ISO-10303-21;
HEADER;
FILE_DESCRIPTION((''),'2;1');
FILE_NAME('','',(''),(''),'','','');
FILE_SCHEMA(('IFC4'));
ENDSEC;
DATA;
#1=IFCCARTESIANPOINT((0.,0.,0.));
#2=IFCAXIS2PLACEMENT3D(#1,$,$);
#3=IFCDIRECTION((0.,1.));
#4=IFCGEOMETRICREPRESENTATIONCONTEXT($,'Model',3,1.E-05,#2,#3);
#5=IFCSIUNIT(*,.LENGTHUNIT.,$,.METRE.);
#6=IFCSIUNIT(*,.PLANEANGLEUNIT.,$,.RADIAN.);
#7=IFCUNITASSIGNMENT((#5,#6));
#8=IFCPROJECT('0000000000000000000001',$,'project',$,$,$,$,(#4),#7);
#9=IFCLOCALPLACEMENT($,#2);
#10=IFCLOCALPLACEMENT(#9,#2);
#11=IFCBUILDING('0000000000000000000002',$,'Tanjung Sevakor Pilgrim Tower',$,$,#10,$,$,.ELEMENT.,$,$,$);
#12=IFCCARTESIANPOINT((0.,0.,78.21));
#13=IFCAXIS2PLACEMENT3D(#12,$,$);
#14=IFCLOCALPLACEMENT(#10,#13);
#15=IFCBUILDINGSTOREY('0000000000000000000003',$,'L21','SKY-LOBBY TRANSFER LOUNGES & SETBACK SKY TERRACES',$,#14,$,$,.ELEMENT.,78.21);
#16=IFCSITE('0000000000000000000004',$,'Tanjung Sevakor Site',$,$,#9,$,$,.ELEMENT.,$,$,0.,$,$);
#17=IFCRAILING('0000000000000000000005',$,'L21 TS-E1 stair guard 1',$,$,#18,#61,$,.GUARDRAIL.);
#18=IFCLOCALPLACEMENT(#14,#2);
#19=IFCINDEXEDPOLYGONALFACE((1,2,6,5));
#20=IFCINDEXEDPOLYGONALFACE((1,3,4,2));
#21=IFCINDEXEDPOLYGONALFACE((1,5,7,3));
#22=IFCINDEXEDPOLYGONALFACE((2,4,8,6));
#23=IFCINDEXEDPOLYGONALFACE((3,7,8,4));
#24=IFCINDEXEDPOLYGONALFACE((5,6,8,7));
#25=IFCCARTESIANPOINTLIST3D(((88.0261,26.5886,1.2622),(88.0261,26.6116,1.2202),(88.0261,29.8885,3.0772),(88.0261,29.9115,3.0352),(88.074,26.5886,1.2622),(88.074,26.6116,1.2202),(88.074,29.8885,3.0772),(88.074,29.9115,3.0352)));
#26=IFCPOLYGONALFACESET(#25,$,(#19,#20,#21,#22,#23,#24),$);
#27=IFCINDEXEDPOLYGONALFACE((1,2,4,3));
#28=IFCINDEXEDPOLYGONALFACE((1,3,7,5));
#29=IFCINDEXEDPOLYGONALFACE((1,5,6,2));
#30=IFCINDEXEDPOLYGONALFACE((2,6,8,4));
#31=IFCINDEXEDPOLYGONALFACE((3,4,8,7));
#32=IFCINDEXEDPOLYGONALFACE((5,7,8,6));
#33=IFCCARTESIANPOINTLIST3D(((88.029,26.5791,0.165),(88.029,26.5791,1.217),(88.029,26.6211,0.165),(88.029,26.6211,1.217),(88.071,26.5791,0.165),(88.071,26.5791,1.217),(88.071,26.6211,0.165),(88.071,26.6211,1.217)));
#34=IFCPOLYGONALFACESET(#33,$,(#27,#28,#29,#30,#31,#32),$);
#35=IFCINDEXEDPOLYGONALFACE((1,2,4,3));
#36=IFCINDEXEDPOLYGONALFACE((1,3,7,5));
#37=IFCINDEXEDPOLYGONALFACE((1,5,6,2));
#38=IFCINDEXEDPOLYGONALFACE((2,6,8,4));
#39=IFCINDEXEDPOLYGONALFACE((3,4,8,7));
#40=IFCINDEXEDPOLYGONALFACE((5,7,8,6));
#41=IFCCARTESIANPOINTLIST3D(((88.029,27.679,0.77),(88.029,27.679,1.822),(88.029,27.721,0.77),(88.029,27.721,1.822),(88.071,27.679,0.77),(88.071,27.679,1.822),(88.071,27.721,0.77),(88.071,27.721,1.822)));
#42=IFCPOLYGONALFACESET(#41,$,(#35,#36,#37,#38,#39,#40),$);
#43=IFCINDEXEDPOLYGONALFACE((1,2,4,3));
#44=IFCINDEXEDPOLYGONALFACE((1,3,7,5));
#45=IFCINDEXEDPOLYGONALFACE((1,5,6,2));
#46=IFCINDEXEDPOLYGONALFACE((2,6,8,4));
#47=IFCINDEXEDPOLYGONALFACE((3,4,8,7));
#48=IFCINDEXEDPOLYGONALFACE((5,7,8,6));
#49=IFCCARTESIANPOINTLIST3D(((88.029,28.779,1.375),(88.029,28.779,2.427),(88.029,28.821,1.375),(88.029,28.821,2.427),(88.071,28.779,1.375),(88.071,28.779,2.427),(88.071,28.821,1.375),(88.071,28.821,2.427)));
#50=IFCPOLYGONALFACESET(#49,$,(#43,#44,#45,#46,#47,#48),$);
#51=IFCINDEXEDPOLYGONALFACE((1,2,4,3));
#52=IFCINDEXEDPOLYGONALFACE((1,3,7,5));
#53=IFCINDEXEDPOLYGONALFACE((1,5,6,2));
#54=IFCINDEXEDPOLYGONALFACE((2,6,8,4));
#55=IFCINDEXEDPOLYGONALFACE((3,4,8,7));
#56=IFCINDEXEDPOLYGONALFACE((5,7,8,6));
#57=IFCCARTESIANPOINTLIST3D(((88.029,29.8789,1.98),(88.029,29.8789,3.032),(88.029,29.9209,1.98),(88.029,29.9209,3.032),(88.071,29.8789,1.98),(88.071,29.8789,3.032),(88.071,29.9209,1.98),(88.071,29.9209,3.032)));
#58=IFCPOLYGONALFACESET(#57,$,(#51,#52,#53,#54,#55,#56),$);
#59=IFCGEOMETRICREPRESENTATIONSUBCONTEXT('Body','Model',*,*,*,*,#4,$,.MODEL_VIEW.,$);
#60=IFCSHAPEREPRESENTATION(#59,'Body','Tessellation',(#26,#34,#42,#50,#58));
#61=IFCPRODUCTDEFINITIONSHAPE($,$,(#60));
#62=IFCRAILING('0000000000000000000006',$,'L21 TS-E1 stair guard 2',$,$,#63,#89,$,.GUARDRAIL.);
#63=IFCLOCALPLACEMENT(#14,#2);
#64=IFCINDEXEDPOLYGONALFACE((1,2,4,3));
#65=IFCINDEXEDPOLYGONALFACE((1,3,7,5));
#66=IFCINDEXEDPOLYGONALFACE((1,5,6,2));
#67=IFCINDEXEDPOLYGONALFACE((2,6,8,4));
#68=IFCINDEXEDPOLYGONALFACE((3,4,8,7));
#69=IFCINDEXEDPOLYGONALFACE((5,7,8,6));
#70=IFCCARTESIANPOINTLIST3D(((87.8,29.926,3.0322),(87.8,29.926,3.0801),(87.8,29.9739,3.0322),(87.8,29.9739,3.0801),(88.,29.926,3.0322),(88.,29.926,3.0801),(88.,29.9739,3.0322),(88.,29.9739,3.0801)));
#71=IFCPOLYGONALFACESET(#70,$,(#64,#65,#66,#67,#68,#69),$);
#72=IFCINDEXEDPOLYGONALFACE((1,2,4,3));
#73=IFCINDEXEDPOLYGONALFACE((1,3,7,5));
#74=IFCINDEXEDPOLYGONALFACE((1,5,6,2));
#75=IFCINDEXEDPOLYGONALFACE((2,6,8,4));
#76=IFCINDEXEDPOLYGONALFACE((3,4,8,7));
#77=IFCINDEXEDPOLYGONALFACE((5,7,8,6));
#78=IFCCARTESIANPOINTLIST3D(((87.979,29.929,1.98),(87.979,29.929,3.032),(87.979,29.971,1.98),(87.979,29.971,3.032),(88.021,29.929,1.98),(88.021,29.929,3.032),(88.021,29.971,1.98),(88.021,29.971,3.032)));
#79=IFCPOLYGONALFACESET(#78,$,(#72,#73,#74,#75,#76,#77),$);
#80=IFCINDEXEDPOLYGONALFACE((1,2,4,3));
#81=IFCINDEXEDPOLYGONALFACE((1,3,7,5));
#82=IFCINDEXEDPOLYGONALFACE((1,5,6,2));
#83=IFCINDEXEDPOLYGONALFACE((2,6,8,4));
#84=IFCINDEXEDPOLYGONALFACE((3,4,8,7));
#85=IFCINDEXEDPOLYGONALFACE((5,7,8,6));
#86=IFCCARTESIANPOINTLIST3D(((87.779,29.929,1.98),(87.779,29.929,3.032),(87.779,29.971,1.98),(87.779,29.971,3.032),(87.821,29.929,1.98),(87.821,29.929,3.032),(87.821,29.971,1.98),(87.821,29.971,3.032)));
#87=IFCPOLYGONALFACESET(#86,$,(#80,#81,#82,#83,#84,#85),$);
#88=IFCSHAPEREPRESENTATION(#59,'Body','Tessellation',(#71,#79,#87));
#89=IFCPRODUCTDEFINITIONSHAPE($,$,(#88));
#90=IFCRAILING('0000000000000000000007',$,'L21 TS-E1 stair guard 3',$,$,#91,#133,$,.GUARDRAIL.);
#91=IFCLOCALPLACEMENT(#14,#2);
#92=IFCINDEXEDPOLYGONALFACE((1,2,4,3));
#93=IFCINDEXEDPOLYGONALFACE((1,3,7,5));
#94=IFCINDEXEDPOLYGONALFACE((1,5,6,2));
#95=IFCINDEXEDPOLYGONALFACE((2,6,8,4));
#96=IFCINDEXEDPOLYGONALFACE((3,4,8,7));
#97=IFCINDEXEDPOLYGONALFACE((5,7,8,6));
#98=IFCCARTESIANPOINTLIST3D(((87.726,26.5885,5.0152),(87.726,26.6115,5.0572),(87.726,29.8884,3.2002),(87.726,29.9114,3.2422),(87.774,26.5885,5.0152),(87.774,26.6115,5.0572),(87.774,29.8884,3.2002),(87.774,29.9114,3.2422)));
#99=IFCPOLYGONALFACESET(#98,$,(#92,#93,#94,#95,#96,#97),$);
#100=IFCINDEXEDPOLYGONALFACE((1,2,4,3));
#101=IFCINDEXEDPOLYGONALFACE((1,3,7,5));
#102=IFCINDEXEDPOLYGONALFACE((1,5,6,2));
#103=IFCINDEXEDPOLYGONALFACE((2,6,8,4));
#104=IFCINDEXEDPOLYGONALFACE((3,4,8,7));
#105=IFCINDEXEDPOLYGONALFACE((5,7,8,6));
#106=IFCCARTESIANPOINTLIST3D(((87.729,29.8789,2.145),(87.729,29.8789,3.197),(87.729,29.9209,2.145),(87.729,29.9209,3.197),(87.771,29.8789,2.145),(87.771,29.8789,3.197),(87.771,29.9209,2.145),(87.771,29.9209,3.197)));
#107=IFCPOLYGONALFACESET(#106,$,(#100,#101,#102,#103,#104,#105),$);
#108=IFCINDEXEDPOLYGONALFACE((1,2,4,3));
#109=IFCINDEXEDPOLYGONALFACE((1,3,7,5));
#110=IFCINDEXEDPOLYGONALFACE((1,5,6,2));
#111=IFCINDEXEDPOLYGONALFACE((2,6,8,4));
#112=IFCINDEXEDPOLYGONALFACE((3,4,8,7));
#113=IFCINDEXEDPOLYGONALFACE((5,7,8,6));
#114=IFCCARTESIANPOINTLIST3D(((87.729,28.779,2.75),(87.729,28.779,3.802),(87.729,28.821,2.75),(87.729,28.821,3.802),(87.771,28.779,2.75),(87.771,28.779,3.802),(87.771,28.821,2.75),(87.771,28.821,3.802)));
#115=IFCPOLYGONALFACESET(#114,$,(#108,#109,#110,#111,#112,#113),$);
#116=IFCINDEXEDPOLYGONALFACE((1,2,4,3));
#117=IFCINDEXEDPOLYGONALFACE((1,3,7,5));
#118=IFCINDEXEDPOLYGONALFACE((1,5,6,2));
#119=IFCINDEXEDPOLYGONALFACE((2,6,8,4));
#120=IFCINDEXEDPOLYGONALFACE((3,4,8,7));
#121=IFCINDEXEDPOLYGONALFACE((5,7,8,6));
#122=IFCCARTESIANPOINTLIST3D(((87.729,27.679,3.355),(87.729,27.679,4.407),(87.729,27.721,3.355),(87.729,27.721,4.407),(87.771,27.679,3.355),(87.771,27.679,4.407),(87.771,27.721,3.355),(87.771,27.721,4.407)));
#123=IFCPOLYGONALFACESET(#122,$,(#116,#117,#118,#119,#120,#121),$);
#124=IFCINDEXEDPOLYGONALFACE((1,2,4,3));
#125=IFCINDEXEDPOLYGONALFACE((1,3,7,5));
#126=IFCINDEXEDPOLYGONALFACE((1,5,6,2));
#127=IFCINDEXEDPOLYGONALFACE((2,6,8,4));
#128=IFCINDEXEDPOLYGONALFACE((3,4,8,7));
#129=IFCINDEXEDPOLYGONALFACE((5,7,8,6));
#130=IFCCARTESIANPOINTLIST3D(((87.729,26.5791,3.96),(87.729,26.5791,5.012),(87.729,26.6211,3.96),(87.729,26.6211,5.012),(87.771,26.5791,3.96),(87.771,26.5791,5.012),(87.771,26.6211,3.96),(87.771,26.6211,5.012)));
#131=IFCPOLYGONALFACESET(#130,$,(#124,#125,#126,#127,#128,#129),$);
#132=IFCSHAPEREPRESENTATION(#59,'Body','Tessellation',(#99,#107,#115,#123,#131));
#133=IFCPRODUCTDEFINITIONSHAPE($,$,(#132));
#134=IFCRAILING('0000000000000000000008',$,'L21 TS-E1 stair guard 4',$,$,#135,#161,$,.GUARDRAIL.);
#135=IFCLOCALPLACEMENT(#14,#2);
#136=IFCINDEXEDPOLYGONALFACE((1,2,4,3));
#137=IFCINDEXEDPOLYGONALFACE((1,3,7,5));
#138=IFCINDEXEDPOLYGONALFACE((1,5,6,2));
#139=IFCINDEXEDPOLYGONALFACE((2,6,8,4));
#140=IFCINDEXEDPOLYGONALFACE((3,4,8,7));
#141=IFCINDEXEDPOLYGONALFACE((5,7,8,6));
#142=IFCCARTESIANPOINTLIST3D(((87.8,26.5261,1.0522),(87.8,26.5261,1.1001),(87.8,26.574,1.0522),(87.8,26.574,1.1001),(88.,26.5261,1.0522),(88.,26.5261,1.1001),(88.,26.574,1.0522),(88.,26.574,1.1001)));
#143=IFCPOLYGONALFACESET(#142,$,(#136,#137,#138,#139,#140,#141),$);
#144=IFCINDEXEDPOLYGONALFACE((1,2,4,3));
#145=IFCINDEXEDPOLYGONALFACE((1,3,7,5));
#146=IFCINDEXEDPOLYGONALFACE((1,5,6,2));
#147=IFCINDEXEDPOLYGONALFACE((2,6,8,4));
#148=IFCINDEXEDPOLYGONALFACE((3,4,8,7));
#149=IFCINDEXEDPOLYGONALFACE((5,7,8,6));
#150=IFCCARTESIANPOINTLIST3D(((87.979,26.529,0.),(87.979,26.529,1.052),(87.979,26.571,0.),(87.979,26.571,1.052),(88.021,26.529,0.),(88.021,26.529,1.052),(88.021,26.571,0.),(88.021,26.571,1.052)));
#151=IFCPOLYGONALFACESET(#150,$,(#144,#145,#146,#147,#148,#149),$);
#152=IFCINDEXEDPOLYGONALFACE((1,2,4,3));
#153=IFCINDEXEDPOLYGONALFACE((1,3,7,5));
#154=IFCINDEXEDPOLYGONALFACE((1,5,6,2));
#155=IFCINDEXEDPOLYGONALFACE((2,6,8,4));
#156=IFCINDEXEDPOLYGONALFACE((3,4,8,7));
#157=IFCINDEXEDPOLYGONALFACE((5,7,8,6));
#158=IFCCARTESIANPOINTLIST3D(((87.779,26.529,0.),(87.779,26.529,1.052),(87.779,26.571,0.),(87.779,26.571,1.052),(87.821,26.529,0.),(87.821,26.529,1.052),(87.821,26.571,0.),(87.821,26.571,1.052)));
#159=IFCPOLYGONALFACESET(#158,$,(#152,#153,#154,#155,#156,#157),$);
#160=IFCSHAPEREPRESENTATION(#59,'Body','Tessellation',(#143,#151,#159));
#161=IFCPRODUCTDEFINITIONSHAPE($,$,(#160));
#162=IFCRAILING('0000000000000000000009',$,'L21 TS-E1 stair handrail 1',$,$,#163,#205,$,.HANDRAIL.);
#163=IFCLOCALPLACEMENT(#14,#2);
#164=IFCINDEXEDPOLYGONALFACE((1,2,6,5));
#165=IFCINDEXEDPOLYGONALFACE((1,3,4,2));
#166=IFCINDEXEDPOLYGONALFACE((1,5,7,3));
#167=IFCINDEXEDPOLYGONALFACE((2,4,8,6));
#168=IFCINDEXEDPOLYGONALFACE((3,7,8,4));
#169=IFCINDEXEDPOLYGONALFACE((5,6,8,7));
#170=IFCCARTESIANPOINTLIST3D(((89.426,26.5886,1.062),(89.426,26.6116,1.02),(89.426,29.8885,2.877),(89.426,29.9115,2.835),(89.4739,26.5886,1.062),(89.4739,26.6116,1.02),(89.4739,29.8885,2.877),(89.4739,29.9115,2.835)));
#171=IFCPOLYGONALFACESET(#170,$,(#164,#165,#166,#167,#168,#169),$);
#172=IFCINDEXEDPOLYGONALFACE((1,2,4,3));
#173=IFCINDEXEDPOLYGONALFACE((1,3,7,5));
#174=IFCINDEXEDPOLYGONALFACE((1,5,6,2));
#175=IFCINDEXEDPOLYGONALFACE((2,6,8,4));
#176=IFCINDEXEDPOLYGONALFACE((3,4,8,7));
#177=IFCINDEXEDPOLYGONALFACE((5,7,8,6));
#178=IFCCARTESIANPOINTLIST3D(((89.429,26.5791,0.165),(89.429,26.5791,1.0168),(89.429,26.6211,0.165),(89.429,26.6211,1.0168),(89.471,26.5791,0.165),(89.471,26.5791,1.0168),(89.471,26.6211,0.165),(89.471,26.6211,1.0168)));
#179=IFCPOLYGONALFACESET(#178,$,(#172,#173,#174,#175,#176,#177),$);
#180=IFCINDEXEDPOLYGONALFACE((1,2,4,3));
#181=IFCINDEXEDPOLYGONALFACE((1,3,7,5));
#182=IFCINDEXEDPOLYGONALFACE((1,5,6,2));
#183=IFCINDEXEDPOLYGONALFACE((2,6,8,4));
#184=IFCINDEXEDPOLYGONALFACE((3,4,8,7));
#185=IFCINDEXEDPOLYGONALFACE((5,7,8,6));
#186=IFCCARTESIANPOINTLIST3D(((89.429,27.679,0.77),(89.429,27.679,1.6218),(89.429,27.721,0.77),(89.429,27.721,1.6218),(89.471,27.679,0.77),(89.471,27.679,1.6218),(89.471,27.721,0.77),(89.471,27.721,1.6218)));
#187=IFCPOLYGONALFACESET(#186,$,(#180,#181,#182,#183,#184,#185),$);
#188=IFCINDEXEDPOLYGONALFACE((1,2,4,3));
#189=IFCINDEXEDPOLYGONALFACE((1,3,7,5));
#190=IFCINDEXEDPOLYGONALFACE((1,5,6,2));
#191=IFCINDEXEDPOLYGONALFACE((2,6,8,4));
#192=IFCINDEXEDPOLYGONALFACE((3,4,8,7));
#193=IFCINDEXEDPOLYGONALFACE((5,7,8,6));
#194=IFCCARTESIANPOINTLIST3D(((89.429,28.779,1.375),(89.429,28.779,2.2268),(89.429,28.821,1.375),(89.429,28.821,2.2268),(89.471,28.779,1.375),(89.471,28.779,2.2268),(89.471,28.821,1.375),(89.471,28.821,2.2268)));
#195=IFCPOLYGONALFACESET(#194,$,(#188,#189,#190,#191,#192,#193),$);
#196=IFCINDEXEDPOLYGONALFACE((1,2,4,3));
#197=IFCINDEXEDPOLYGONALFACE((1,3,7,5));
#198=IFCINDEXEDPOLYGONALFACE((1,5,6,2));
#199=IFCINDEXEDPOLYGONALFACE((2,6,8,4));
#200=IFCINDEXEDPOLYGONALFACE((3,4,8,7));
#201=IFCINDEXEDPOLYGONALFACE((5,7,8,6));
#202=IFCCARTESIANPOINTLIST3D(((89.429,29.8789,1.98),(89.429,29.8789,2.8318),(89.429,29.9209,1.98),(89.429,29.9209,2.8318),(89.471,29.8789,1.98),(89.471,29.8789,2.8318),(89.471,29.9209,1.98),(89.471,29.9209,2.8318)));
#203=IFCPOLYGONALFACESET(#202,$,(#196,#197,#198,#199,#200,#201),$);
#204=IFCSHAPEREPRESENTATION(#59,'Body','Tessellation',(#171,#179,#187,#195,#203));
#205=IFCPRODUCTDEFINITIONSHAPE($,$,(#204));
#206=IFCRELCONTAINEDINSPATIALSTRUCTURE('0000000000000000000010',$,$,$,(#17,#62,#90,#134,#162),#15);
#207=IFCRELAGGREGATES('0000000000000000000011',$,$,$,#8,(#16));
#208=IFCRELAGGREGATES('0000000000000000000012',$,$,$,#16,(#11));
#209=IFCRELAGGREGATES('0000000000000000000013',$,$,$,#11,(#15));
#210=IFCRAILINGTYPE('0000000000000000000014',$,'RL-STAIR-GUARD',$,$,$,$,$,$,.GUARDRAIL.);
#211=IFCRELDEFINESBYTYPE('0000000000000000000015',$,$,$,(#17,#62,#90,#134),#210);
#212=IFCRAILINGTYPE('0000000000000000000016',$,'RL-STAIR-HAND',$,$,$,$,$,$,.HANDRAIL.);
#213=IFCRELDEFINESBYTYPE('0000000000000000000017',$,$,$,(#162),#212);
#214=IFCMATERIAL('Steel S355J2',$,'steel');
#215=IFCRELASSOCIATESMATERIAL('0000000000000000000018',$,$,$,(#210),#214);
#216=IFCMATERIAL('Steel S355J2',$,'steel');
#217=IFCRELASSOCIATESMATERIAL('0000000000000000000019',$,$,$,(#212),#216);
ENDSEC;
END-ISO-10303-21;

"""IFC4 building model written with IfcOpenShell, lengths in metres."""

from ifc_helpers import new_model, si_unit, direction, frame, origin, place, context, subcontext, project, spatial, rectangle, extrude, material, type_object, element, save


model = new_model("IFC4")

# Units and contexts
model_context = context("Model", 3, precision=1e-05, world=origin(), true_north=direction((0.0, 1.0)))
body_context = subcontext(model_context, "Body", "Model", "MODEL_VIEW")
ifc_project = project(units=[si_unit("LENGTHUNIT", "METRE"), si_unit("PLANEANGLEUNIT", "RADIAN")], contexts=[model_context])

# Site, building, storey
site_placement = place(None, origin())
site = spatial("IfcSite", under=ifc_project, at=site_placement, Name="Tanjung Sevakor Site", CompositionType="ELEMENT", RefElevation=0.0)
building_placement = place(site_placement, origin())
building = spatial("IfcBuilding", under=site, at=building_placement, Name="Tanjung Sevakor Pilgrim Tower", CompositionType="ELEMENT")
storey_placement = place(building_placement, frame((0.0, 0.0, 78.21)))
storey = spatial("IfcBuildingStorey", under=building, at=storey_placement, Name="L21", Description="SKY-LOBBY TRANSFER LOUNGES & SETBACK SKY TERRACES", CompositionType="ELEMENT", Elevation=78.21)

# Railings
ifc_material_1 = material(Name="Steel S355J2", Category="steel")
railing_type_1 = type_object("IfcRailingType", Name="RL-STAIR-GUARD", PredefinedType="GUARDRAIL", material=ifc_material_1)
railing_1_placement = place(storey_placement, frame((88.05, 26.6001, 0.165)))
element("IfcRailing", 1, at=railing_1_placement, inside=storey, type_object=railing_type_1, Name="L21 TS-E1 stair guard 1", PredefinedType="GUARDRAIL", context=body_context, shape_type="SweptSolid", body=[
    extrude(rectangle(XDim=0.0479, YDim=0.0479), frame((0.0, 0.0, 1.0762), z_axis=(0.0, 0.87621, 0.481929), x_axis=(-1.0, 0.0, 0.0)), (0.0, 0.0, 1.0), 3.7661),
    extrude(rectangle(XDim=0.042, YDim=0.042), origin(), (0.0, 0.0, 1.0), 1.052),
    extrude(rectangle(XDim=0.042, YDim=0.042), frame((0.0, 1.0999, 0.605)), (0.0, 0.0, 1.0), 1.052),
    extrude(rectangle(XDim=0.042, YDim=0.042), frame((0.0, 2.2, 1.21)), (0.0, 0.0, 1.0), 1.052),
    extrude(rectangle(XDim=0.042, YDim=0.042), frame((0.0, 3.2998, 1.8149)), (0.0, 0.0, 1.0), 1.052),
])
railing_2_placement = place(storey_placement, frame((88.0, 29.95, 1.98)))
element("IfcRailing", 2, at=railing_2_placement, inside=storey, type_object=railing_type_1, Name="L21 TS-E1 stair guard 2", PredefinedType="GUARDRAIL", context=body_context, shape_type="SweptSolid", body=[
    extrude(rectangle(XDim=0.0479, YDim=0.0479), frame((0.0, 0.0, 1.0762), z_axis=(-1.0, 0.0, 0.0), x_axis=(0.0, -1.0, 0.0)), (0.0, 0.0, 1.0), 0.2),
    extrude(rectangle(XDim=0.042, YDim=0.042), origin(), (0.0, 0.0, 1.0), 1.052),
    extrude(rectangle(XDim=0.042, YDim=0.042), frame((-0.2, 0.0, 0.0)), (0.0, 0.0, 1.0), 1.052),
])
railing_3_placement = place(storey_placement, frame((87.75, 29.8999, 2.145)))
element("IfcRailing", 3, at=railing_3_placement, inside=storey, type_object=railing_type_1, Name="L21 TS-E1 stair guard 3", PredefinedType="GUARDRAIL", context=body_context, shape_type="SweptSolid", body=[
    extrude(rectangle(XDim=0.0479, YDim=0.0479), frame((0.0, 0.0, 1.0762), z_axis=(0.0, -0.87621, 0.481929), x_axis=(1.0, 0.0, 0.0)), (0.0, 0.0, 1.0), 3.7661),
    extrude(rectangle(XDim=0.042, YDim=0.042), origin(), (0.0, 0.0, 1.0), 1.052),
    extrude(rectangle(XDim=0.042, YDim=0.042), frame((0.0, -1.0999, 0.605)), (0.0, 0.0, 1.0), 1.052),
    extrude(rectangle(XDim=0.042, YDim=0.042), frame((0.0, -2.2, 1.21)), (0.0, 0.0, 1.0), 1.052),
    extrude(rectangle(XDim=0.042, YDim=0.042), frame((0.0, -3.2998, 1.8149)), (0.0, 0.0, 1.0), 1.052),
])
railing_4_placement = place(storey_placement, frame((88.0, 26.55, 0.0)))
element("IfcRailing", 4, at=railing_4_placement, inside=storey, type_object=railing_type_1, Name="L21 TS-E1 stair guard 4", PredefinedType="GUARDRAIL", context=body_context, shape_type="SweptSolid", body=[
    extrude(rectangle(XDim=0.0479, YDim=0.0479), frame((0.0, 0.0, 1.0762), z_axis=(-1.0, 0.0, 0.0), x_axis=(0.0, -1.0, 0.0)), (0.0, 0.0, 1.0), 0.2),
    extrude(rectangle(XDim=0.042, YDim=0.042), origin(), (0.0, 0.0, 1.0), 1.052),
    extrude(rectangle(XDim=0.042, YDim=0.042), frame((-0.2, 0.0, 0.0)), (0.0, 0.0, 1.0), 1.052),
])
ifc_material_2 = material(Name="Steel S355J2", Category="steel")
railing_type_2 = type_object("IfcRailingType", Name="RL-STAIR-HAND", PredefinedType="HANDRAIL", material=ifc_material_2)
railing_5_placement = place(storey_placement, frame((89.45, 26.6001, 0.165)))
element("IfcRailing", 5, at=railing_5_placement, inside=storey, type_object=railing_type_2, Name="L21 TS-E1 stair handrail 1", PredefinedType="HANDRAIL", context=body_context, shape_type="SweptSolid", body=[
    extrude(rectangle(XDim=0.0479, YDim=0.0479), frame((0.0, 0.0, 0.876), z_axis=(0.0, 0.87621, 0.481929), x_axis=(-1.0, 0.0, 0.0)), (0.0, 0.0, 1.0), 3.7661),
    extrude(rectangle(XDim=0.042, YDim=0.042), origin(), (0.0, 0.0, 1.0), 0.8518),
    extrude(rectangle(XDim=0.042, YDim=0.042), frame((0.0, 1.0999, 0.605)), (0.0, 0.0, 1.0), 0.8518),
    extrude(rectangle(XDim=0.042, YDim=0.042), frame((0.0, 2.2, 1.21)), (0.0, 0.0, 1.0), 0.8518),
    extrude(rectangle(XDim=0.042, YDim=0.042), frame((0.0, 3.2998, 1.8149)), (0.0, 0.0, 1.0), 0.8518),
])

save(model, "model.ifc")
